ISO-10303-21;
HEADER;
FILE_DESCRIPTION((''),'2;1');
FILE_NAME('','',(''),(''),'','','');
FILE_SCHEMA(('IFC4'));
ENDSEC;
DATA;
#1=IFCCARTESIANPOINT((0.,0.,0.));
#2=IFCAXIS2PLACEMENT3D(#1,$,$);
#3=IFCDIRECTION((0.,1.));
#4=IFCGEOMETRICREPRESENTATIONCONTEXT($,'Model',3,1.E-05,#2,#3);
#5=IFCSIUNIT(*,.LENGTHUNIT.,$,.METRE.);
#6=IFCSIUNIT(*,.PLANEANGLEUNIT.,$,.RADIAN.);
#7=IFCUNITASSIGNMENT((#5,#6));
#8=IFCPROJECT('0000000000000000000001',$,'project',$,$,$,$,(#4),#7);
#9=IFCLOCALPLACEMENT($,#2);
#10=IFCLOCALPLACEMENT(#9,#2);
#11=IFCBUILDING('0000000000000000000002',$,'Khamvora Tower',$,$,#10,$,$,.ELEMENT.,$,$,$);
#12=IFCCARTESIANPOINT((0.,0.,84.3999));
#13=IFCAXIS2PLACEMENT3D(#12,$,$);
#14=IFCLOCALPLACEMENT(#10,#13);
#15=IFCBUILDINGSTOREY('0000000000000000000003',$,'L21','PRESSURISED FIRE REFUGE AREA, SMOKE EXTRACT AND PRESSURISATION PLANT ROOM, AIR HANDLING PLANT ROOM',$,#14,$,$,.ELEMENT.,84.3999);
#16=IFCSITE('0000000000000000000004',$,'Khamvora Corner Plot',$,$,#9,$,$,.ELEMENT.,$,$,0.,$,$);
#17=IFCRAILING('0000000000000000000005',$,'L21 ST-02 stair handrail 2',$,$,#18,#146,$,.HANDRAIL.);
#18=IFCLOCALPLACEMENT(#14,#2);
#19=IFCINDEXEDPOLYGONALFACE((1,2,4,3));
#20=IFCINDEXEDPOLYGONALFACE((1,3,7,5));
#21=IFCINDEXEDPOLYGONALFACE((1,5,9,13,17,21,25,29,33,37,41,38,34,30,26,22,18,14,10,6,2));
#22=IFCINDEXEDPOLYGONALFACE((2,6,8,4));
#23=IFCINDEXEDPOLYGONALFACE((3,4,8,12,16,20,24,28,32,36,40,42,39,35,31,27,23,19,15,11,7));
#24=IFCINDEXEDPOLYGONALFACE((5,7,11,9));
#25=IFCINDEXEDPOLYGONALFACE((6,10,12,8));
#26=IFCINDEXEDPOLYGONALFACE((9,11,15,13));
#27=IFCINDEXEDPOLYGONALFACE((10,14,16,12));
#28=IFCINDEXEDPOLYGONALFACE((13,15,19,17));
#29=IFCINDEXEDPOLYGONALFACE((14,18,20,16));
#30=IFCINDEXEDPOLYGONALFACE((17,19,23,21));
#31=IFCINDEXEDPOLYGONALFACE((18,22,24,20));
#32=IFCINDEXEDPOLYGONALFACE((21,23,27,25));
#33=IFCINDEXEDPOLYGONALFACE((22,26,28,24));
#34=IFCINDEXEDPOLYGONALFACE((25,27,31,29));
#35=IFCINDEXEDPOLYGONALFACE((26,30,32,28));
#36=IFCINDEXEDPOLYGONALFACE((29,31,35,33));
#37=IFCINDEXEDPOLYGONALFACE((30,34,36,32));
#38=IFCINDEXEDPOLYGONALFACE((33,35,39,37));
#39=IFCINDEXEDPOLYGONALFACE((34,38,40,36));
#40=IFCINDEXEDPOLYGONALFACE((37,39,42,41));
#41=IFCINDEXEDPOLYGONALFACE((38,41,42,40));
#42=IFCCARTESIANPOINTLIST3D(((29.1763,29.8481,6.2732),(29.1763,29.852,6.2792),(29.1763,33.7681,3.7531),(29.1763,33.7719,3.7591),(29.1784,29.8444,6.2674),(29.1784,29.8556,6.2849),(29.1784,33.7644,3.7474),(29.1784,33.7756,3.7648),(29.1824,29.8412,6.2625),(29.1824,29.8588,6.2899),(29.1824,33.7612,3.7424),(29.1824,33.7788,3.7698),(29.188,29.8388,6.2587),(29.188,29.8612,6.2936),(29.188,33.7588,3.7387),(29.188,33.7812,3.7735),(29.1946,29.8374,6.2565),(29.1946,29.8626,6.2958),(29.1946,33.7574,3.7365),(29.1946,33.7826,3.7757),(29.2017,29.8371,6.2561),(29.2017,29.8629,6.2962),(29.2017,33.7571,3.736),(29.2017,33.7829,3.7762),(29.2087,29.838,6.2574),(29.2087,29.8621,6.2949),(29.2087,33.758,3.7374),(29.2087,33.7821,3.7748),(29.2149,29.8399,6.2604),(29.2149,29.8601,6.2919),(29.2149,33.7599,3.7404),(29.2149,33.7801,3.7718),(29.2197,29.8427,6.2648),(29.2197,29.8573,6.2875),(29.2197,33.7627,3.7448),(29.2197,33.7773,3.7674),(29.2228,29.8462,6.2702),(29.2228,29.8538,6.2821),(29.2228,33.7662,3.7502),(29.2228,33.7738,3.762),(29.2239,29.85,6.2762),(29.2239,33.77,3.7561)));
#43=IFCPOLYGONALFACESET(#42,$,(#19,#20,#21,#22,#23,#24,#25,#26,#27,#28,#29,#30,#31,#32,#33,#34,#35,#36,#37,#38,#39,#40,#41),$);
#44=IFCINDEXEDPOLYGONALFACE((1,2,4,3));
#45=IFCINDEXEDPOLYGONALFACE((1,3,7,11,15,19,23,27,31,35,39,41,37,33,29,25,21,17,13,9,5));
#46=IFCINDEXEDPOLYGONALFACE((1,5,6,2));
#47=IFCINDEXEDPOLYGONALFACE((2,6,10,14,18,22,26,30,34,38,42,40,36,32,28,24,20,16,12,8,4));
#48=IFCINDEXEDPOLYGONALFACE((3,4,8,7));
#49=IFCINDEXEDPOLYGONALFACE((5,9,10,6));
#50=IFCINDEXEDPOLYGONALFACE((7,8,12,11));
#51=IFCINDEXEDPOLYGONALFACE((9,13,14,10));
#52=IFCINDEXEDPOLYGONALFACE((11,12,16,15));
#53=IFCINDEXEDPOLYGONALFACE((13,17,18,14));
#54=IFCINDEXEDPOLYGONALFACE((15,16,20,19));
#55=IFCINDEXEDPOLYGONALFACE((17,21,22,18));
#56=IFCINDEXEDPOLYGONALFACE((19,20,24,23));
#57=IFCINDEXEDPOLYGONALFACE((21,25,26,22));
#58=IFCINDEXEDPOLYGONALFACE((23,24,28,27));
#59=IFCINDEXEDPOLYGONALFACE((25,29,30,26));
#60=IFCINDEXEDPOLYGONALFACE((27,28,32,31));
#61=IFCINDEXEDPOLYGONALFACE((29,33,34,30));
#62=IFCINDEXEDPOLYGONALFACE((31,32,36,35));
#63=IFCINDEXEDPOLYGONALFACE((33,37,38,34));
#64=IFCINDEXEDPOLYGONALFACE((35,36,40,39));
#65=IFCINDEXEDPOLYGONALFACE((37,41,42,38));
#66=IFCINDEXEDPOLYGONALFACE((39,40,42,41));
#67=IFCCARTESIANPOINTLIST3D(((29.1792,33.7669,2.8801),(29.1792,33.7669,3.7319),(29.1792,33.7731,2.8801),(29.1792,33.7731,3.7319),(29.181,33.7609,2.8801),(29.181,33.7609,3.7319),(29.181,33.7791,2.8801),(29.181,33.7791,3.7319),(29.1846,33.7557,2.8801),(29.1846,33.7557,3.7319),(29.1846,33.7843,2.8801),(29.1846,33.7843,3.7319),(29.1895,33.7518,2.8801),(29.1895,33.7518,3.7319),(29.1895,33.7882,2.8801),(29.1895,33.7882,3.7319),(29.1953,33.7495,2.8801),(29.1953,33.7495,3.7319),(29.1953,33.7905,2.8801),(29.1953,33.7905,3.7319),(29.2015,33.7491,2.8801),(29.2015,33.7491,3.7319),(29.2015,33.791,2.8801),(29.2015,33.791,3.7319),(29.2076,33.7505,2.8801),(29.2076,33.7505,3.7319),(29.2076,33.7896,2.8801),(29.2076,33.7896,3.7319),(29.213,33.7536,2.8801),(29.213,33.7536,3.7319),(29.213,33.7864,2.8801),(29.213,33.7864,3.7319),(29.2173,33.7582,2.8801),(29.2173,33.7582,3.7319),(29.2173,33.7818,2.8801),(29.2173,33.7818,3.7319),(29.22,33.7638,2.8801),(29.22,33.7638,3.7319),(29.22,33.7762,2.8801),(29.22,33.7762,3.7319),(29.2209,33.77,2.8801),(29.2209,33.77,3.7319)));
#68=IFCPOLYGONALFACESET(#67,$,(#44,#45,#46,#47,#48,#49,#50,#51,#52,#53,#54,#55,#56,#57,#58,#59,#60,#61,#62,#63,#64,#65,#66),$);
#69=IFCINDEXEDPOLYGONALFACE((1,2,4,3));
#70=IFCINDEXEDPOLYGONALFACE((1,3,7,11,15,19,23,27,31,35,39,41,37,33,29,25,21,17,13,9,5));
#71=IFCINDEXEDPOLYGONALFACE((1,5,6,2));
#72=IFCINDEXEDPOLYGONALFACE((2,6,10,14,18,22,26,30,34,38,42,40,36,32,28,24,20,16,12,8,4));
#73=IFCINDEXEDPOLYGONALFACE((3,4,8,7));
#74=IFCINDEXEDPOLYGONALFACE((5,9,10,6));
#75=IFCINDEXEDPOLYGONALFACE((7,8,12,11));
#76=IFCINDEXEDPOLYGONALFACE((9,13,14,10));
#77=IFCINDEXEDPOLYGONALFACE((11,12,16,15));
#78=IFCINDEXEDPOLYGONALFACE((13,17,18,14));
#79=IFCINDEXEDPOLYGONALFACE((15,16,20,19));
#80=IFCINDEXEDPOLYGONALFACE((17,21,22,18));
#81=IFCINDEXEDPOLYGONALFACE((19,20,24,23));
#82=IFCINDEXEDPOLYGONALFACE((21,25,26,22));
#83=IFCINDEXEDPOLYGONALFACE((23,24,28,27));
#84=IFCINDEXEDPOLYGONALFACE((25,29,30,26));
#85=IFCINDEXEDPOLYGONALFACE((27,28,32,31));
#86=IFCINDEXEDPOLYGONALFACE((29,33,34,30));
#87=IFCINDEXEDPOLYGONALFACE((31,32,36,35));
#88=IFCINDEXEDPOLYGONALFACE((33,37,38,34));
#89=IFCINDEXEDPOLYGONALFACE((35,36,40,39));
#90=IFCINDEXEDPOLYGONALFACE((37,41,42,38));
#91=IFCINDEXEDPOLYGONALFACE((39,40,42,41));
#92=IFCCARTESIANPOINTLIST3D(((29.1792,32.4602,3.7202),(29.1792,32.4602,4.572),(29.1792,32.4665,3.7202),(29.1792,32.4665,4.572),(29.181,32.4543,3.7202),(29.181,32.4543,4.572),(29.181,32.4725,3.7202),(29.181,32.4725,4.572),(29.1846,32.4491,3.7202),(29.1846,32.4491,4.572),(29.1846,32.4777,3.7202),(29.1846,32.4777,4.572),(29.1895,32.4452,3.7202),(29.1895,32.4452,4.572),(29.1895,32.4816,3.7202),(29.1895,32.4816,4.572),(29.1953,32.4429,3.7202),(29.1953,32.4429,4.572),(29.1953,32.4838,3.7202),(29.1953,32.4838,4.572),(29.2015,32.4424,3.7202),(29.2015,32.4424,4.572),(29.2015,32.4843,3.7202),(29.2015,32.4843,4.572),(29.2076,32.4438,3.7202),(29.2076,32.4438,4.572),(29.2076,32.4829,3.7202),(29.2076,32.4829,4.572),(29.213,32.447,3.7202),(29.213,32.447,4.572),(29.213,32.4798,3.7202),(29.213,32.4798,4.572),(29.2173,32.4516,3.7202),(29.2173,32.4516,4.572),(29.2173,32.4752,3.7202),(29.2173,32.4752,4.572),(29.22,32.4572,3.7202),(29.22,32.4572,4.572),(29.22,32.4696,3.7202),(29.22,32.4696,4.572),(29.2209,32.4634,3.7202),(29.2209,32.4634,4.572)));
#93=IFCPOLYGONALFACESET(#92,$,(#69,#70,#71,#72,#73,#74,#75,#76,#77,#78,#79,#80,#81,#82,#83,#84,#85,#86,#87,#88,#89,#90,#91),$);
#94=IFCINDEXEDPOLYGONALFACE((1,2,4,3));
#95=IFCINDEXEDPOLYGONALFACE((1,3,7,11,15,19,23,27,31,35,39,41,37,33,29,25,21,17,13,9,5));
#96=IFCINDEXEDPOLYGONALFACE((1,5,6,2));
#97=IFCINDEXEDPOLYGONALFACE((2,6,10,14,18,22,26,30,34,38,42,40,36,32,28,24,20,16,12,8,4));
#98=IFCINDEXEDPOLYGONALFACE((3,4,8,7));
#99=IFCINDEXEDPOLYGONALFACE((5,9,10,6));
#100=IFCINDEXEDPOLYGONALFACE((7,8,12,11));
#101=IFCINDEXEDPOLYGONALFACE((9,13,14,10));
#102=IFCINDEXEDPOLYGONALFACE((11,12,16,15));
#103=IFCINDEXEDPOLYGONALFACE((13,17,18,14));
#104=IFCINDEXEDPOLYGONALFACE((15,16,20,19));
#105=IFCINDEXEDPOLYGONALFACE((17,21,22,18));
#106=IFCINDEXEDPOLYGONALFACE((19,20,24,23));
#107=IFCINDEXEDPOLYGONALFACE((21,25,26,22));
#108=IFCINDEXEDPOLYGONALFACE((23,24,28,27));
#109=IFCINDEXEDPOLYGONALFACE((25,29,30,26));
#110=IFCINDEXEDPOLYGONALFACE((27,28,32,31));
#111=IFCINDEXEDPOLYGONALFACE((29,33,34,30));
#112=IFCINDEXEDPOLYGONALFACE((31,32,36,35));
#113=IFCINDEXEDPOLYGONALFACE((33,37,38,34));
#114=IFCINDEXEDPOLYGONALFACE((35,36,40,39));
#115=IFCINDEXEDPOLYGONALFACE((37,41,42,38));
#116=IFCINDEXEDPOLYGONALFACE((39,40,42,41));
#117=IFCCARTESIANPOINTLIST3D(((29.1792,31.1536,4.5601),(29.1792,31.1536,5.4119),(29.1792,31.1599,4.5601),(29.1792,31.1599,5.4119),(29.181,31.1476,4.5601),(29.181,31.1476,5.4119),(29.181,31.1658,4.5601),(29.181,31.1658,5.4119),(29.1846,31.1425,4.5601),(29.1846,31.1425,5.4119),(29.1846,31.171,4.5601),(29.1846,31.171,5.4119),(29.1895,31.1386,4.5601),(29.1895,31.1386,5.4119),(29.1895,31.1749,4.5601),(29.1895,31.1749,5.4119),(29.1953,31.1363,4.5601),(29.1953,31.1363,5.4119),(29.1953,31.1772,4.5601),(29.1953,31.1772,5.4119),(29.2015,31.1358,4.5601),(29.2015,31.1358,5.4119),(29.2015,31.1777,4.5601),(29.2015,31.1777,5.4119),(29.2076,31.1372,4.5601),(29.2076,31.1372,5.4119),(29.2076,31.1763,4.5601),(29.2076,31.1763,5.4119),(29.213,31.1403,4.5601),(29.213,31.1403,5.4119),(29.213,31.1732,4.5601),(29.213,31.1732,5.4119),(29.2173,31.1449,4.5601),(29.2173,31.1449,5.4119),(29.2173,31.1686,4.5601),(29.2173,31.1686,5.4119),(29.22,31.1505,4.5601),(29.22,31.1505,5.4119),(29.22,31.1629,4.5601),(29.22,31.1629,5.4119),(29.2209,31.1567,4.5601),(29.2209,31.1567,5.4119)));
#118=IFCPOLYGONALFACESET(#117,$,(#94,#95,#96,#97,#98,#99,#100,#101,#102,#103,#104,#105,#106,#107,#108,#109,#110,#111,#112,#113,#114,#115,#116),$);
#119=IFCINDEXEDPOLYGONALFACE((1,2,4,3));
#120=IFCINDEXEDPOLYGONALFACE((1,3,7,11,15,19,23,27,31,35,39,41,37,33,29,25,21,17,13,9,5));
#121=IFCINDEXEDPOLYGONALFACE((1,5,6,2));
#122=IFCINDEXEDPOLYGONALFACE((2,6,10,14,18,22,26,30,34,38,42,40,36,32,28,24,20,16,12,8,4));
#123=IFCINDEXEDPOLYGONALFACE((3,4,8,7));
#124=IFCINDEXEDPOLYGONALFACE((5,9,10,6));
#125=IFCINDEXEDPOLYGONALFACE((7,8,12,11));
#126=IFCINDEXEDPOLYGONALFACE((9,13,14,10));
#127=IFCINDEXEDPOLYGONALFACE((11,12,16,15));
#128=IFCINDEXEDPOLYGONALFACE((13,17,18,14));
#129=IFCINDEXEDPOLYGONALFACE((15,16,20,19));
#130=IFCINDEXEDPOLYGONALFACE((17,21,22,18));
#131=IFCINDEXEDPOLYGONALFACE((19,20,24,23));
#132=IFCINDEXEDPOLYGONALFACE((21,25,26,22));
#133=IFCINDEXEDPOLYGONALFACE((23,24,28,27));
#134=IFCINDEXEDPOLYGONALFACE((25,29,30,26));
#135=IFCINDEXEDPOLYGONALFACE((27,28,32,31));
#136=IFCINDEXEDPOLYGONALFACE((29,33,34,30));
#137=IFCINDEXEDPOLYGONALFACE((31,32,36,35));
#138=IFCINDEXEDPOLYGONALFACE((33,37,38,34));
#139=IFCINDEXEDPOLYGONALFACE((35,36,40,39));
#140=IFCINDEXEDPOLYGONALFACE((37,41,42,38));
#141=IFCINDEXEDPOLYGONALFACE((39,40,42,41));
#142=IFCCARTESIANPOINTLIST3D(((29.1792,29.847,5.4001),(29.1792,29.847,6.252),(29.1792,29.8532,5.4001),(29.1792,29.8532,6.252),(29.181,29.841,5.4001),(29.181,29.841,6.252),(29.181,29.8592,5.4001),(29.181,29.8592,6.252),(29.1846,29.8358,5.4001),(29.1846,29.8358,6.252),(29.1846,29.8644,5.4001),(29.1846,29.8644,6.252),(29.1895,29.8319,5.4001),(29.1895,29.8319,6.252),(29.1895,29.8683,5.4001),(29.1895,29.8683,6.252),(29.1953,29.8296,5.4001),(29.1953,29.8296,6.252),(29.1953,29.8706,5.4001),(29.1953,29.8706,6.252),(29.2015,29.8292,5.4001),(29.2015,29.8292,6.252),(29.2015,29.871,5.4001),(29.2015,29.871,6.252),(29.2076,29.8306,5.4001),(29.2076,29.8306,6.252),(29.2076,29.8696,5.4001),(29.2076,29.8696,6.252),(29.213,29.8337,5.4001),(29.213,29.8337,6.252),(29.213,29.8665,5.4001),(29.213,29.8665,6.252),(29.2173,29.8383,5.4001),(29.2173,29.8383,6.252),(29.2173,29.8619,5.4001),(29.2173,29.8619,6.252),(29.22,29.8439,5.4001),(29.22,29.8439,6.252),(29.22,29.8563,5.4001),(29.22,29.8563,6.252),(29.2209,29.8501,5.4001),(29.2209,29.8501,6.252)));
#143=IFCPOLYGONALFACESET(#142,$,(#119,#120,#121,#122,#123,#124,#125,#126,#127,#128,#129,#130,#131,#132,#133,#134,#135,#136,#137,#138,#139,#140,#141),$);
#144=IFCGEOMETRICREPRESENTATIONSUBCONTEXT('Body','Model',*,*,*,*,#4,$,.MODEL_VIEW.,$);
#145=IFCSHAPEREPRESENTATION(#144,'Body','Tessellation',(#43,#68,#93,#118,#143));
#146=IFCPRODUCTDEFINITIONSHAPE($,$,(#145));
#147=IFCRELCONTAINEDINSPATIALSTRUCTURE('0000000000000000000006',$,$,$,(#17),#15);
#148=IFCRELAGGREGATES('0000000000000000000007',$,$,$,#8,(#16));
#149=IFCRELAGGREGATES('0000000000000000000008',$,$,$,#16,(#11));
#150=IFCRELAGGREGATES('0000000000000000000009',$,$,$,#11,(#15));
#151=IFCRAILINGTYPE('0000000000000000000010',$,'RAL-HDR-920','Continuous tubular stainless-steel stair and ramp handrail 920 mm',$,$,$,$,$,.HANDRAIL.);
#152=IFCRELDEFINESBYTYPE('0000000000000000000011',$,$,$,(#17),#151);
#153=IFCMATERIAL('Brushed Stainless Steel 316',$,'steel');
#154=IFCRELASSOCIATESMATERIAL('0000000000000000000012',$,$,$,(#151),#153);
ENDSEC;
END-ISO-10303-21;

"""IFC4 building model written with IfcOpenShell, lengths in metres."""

from ifc_helpers import new_model, si_unit, direction, frame, origin, origin_2d, place, context, subcontext, project, spatial, circle, extrude, material, type_object, element, save


model = new_model("IFC4")

# Units and contexts
model_context = context("Model", 3, precision=1e-05, world=origin(), true_north=direction((0.0, 1.0)))
body_context = subcontext(model_context, "Body", "Model", "MODEL_VIEW")
ifc_project = project(units=[si_unit("LENGTHUNIT", "METRE"), si_unit("PLANEANGLEUNIT", "RADIAN")], contexts=[model_context])

# Site, building, storey
site_placement = place(None, origin())
site = spatial("IfcSite", under=ifc_project, at=site_placement, Name="Khamvora Corner Plot", CompositionType="ELEMENT", RefElevation=0.0)
building_placement = place(site_placement, origin())
building = spatial("IfcBuilding", under=site, at=building_placement, Name="Khamvora Tower", CompositionType="ELEMENT")
storey_placement = place(building_placement, frame((0.0, 0.0, 84.3999)))
storey = spatial("IfcBuildingStorey", under=building, at=storey_placement, Name="L21", Description="PRESSURISED FIRE REFUGE AREA, SMOKE EXTRACT AND PRESSURISATION PLANT ROOM, AIR HANDLING PLANT ROOM", CompositionType="ELEMENT", Elevation=84.3999)

# Railing
ifc_material_1 = material(Name="Brushed Stainless Steel 316", Category="steel")
railing_type_1 = type_object("IfcRailingType", Name="RAL-HDR-920", Description="Continuous tubular stainless-steel stair and ramp handrail 920 mm", PredefinedType="HANDRAIL", material=ifc_material_1)
railing_1_placement = place(storey_placement, frame((29.2, 33.77, 2.8801)))
element("IfcRailing", 1, at=railing_1_placement, inside=storey, type_object=railing_type_1, Name="L21 ST-02 stair handrail 2", PredefinedType="HANDRAIL", context=body_context, shape_type="SweptSolid", body=[
    extrude(circle(Radius=0.0239, at=origin_2d()), frame((0.0, 0.0, 0.876), z_axis=(0.0, -0.841172, 0.540768), x_axis=(1.0, 0.0, 0.0)), (0.0, 0.0, 1.0), 4.6602),
    extrude(circle(Radius=0.021, at=origin_2d()), origin(), (0.0, 0.0, 1.0), 0.8518),
    extrude(circle(Radius=0.021, at=origin_2d()), frame((0.0, -1.3066, 0.8401)), (0.0, 0.0, 1.0), 0.8518),
    extrude(circle(Radius=0.021, at=origin_2d()), frame((0.0, -2.6133, 1.6799)), (0.0, 0.0, 1.0), 0.8518),
    extrude(circle(Radius=0.021, at=origin_2d()), frame((0.0, -3.9199, 2.52)), (0.0, 0.0, 1.0), 0.8518),
])

save(model, "model.ifc")
